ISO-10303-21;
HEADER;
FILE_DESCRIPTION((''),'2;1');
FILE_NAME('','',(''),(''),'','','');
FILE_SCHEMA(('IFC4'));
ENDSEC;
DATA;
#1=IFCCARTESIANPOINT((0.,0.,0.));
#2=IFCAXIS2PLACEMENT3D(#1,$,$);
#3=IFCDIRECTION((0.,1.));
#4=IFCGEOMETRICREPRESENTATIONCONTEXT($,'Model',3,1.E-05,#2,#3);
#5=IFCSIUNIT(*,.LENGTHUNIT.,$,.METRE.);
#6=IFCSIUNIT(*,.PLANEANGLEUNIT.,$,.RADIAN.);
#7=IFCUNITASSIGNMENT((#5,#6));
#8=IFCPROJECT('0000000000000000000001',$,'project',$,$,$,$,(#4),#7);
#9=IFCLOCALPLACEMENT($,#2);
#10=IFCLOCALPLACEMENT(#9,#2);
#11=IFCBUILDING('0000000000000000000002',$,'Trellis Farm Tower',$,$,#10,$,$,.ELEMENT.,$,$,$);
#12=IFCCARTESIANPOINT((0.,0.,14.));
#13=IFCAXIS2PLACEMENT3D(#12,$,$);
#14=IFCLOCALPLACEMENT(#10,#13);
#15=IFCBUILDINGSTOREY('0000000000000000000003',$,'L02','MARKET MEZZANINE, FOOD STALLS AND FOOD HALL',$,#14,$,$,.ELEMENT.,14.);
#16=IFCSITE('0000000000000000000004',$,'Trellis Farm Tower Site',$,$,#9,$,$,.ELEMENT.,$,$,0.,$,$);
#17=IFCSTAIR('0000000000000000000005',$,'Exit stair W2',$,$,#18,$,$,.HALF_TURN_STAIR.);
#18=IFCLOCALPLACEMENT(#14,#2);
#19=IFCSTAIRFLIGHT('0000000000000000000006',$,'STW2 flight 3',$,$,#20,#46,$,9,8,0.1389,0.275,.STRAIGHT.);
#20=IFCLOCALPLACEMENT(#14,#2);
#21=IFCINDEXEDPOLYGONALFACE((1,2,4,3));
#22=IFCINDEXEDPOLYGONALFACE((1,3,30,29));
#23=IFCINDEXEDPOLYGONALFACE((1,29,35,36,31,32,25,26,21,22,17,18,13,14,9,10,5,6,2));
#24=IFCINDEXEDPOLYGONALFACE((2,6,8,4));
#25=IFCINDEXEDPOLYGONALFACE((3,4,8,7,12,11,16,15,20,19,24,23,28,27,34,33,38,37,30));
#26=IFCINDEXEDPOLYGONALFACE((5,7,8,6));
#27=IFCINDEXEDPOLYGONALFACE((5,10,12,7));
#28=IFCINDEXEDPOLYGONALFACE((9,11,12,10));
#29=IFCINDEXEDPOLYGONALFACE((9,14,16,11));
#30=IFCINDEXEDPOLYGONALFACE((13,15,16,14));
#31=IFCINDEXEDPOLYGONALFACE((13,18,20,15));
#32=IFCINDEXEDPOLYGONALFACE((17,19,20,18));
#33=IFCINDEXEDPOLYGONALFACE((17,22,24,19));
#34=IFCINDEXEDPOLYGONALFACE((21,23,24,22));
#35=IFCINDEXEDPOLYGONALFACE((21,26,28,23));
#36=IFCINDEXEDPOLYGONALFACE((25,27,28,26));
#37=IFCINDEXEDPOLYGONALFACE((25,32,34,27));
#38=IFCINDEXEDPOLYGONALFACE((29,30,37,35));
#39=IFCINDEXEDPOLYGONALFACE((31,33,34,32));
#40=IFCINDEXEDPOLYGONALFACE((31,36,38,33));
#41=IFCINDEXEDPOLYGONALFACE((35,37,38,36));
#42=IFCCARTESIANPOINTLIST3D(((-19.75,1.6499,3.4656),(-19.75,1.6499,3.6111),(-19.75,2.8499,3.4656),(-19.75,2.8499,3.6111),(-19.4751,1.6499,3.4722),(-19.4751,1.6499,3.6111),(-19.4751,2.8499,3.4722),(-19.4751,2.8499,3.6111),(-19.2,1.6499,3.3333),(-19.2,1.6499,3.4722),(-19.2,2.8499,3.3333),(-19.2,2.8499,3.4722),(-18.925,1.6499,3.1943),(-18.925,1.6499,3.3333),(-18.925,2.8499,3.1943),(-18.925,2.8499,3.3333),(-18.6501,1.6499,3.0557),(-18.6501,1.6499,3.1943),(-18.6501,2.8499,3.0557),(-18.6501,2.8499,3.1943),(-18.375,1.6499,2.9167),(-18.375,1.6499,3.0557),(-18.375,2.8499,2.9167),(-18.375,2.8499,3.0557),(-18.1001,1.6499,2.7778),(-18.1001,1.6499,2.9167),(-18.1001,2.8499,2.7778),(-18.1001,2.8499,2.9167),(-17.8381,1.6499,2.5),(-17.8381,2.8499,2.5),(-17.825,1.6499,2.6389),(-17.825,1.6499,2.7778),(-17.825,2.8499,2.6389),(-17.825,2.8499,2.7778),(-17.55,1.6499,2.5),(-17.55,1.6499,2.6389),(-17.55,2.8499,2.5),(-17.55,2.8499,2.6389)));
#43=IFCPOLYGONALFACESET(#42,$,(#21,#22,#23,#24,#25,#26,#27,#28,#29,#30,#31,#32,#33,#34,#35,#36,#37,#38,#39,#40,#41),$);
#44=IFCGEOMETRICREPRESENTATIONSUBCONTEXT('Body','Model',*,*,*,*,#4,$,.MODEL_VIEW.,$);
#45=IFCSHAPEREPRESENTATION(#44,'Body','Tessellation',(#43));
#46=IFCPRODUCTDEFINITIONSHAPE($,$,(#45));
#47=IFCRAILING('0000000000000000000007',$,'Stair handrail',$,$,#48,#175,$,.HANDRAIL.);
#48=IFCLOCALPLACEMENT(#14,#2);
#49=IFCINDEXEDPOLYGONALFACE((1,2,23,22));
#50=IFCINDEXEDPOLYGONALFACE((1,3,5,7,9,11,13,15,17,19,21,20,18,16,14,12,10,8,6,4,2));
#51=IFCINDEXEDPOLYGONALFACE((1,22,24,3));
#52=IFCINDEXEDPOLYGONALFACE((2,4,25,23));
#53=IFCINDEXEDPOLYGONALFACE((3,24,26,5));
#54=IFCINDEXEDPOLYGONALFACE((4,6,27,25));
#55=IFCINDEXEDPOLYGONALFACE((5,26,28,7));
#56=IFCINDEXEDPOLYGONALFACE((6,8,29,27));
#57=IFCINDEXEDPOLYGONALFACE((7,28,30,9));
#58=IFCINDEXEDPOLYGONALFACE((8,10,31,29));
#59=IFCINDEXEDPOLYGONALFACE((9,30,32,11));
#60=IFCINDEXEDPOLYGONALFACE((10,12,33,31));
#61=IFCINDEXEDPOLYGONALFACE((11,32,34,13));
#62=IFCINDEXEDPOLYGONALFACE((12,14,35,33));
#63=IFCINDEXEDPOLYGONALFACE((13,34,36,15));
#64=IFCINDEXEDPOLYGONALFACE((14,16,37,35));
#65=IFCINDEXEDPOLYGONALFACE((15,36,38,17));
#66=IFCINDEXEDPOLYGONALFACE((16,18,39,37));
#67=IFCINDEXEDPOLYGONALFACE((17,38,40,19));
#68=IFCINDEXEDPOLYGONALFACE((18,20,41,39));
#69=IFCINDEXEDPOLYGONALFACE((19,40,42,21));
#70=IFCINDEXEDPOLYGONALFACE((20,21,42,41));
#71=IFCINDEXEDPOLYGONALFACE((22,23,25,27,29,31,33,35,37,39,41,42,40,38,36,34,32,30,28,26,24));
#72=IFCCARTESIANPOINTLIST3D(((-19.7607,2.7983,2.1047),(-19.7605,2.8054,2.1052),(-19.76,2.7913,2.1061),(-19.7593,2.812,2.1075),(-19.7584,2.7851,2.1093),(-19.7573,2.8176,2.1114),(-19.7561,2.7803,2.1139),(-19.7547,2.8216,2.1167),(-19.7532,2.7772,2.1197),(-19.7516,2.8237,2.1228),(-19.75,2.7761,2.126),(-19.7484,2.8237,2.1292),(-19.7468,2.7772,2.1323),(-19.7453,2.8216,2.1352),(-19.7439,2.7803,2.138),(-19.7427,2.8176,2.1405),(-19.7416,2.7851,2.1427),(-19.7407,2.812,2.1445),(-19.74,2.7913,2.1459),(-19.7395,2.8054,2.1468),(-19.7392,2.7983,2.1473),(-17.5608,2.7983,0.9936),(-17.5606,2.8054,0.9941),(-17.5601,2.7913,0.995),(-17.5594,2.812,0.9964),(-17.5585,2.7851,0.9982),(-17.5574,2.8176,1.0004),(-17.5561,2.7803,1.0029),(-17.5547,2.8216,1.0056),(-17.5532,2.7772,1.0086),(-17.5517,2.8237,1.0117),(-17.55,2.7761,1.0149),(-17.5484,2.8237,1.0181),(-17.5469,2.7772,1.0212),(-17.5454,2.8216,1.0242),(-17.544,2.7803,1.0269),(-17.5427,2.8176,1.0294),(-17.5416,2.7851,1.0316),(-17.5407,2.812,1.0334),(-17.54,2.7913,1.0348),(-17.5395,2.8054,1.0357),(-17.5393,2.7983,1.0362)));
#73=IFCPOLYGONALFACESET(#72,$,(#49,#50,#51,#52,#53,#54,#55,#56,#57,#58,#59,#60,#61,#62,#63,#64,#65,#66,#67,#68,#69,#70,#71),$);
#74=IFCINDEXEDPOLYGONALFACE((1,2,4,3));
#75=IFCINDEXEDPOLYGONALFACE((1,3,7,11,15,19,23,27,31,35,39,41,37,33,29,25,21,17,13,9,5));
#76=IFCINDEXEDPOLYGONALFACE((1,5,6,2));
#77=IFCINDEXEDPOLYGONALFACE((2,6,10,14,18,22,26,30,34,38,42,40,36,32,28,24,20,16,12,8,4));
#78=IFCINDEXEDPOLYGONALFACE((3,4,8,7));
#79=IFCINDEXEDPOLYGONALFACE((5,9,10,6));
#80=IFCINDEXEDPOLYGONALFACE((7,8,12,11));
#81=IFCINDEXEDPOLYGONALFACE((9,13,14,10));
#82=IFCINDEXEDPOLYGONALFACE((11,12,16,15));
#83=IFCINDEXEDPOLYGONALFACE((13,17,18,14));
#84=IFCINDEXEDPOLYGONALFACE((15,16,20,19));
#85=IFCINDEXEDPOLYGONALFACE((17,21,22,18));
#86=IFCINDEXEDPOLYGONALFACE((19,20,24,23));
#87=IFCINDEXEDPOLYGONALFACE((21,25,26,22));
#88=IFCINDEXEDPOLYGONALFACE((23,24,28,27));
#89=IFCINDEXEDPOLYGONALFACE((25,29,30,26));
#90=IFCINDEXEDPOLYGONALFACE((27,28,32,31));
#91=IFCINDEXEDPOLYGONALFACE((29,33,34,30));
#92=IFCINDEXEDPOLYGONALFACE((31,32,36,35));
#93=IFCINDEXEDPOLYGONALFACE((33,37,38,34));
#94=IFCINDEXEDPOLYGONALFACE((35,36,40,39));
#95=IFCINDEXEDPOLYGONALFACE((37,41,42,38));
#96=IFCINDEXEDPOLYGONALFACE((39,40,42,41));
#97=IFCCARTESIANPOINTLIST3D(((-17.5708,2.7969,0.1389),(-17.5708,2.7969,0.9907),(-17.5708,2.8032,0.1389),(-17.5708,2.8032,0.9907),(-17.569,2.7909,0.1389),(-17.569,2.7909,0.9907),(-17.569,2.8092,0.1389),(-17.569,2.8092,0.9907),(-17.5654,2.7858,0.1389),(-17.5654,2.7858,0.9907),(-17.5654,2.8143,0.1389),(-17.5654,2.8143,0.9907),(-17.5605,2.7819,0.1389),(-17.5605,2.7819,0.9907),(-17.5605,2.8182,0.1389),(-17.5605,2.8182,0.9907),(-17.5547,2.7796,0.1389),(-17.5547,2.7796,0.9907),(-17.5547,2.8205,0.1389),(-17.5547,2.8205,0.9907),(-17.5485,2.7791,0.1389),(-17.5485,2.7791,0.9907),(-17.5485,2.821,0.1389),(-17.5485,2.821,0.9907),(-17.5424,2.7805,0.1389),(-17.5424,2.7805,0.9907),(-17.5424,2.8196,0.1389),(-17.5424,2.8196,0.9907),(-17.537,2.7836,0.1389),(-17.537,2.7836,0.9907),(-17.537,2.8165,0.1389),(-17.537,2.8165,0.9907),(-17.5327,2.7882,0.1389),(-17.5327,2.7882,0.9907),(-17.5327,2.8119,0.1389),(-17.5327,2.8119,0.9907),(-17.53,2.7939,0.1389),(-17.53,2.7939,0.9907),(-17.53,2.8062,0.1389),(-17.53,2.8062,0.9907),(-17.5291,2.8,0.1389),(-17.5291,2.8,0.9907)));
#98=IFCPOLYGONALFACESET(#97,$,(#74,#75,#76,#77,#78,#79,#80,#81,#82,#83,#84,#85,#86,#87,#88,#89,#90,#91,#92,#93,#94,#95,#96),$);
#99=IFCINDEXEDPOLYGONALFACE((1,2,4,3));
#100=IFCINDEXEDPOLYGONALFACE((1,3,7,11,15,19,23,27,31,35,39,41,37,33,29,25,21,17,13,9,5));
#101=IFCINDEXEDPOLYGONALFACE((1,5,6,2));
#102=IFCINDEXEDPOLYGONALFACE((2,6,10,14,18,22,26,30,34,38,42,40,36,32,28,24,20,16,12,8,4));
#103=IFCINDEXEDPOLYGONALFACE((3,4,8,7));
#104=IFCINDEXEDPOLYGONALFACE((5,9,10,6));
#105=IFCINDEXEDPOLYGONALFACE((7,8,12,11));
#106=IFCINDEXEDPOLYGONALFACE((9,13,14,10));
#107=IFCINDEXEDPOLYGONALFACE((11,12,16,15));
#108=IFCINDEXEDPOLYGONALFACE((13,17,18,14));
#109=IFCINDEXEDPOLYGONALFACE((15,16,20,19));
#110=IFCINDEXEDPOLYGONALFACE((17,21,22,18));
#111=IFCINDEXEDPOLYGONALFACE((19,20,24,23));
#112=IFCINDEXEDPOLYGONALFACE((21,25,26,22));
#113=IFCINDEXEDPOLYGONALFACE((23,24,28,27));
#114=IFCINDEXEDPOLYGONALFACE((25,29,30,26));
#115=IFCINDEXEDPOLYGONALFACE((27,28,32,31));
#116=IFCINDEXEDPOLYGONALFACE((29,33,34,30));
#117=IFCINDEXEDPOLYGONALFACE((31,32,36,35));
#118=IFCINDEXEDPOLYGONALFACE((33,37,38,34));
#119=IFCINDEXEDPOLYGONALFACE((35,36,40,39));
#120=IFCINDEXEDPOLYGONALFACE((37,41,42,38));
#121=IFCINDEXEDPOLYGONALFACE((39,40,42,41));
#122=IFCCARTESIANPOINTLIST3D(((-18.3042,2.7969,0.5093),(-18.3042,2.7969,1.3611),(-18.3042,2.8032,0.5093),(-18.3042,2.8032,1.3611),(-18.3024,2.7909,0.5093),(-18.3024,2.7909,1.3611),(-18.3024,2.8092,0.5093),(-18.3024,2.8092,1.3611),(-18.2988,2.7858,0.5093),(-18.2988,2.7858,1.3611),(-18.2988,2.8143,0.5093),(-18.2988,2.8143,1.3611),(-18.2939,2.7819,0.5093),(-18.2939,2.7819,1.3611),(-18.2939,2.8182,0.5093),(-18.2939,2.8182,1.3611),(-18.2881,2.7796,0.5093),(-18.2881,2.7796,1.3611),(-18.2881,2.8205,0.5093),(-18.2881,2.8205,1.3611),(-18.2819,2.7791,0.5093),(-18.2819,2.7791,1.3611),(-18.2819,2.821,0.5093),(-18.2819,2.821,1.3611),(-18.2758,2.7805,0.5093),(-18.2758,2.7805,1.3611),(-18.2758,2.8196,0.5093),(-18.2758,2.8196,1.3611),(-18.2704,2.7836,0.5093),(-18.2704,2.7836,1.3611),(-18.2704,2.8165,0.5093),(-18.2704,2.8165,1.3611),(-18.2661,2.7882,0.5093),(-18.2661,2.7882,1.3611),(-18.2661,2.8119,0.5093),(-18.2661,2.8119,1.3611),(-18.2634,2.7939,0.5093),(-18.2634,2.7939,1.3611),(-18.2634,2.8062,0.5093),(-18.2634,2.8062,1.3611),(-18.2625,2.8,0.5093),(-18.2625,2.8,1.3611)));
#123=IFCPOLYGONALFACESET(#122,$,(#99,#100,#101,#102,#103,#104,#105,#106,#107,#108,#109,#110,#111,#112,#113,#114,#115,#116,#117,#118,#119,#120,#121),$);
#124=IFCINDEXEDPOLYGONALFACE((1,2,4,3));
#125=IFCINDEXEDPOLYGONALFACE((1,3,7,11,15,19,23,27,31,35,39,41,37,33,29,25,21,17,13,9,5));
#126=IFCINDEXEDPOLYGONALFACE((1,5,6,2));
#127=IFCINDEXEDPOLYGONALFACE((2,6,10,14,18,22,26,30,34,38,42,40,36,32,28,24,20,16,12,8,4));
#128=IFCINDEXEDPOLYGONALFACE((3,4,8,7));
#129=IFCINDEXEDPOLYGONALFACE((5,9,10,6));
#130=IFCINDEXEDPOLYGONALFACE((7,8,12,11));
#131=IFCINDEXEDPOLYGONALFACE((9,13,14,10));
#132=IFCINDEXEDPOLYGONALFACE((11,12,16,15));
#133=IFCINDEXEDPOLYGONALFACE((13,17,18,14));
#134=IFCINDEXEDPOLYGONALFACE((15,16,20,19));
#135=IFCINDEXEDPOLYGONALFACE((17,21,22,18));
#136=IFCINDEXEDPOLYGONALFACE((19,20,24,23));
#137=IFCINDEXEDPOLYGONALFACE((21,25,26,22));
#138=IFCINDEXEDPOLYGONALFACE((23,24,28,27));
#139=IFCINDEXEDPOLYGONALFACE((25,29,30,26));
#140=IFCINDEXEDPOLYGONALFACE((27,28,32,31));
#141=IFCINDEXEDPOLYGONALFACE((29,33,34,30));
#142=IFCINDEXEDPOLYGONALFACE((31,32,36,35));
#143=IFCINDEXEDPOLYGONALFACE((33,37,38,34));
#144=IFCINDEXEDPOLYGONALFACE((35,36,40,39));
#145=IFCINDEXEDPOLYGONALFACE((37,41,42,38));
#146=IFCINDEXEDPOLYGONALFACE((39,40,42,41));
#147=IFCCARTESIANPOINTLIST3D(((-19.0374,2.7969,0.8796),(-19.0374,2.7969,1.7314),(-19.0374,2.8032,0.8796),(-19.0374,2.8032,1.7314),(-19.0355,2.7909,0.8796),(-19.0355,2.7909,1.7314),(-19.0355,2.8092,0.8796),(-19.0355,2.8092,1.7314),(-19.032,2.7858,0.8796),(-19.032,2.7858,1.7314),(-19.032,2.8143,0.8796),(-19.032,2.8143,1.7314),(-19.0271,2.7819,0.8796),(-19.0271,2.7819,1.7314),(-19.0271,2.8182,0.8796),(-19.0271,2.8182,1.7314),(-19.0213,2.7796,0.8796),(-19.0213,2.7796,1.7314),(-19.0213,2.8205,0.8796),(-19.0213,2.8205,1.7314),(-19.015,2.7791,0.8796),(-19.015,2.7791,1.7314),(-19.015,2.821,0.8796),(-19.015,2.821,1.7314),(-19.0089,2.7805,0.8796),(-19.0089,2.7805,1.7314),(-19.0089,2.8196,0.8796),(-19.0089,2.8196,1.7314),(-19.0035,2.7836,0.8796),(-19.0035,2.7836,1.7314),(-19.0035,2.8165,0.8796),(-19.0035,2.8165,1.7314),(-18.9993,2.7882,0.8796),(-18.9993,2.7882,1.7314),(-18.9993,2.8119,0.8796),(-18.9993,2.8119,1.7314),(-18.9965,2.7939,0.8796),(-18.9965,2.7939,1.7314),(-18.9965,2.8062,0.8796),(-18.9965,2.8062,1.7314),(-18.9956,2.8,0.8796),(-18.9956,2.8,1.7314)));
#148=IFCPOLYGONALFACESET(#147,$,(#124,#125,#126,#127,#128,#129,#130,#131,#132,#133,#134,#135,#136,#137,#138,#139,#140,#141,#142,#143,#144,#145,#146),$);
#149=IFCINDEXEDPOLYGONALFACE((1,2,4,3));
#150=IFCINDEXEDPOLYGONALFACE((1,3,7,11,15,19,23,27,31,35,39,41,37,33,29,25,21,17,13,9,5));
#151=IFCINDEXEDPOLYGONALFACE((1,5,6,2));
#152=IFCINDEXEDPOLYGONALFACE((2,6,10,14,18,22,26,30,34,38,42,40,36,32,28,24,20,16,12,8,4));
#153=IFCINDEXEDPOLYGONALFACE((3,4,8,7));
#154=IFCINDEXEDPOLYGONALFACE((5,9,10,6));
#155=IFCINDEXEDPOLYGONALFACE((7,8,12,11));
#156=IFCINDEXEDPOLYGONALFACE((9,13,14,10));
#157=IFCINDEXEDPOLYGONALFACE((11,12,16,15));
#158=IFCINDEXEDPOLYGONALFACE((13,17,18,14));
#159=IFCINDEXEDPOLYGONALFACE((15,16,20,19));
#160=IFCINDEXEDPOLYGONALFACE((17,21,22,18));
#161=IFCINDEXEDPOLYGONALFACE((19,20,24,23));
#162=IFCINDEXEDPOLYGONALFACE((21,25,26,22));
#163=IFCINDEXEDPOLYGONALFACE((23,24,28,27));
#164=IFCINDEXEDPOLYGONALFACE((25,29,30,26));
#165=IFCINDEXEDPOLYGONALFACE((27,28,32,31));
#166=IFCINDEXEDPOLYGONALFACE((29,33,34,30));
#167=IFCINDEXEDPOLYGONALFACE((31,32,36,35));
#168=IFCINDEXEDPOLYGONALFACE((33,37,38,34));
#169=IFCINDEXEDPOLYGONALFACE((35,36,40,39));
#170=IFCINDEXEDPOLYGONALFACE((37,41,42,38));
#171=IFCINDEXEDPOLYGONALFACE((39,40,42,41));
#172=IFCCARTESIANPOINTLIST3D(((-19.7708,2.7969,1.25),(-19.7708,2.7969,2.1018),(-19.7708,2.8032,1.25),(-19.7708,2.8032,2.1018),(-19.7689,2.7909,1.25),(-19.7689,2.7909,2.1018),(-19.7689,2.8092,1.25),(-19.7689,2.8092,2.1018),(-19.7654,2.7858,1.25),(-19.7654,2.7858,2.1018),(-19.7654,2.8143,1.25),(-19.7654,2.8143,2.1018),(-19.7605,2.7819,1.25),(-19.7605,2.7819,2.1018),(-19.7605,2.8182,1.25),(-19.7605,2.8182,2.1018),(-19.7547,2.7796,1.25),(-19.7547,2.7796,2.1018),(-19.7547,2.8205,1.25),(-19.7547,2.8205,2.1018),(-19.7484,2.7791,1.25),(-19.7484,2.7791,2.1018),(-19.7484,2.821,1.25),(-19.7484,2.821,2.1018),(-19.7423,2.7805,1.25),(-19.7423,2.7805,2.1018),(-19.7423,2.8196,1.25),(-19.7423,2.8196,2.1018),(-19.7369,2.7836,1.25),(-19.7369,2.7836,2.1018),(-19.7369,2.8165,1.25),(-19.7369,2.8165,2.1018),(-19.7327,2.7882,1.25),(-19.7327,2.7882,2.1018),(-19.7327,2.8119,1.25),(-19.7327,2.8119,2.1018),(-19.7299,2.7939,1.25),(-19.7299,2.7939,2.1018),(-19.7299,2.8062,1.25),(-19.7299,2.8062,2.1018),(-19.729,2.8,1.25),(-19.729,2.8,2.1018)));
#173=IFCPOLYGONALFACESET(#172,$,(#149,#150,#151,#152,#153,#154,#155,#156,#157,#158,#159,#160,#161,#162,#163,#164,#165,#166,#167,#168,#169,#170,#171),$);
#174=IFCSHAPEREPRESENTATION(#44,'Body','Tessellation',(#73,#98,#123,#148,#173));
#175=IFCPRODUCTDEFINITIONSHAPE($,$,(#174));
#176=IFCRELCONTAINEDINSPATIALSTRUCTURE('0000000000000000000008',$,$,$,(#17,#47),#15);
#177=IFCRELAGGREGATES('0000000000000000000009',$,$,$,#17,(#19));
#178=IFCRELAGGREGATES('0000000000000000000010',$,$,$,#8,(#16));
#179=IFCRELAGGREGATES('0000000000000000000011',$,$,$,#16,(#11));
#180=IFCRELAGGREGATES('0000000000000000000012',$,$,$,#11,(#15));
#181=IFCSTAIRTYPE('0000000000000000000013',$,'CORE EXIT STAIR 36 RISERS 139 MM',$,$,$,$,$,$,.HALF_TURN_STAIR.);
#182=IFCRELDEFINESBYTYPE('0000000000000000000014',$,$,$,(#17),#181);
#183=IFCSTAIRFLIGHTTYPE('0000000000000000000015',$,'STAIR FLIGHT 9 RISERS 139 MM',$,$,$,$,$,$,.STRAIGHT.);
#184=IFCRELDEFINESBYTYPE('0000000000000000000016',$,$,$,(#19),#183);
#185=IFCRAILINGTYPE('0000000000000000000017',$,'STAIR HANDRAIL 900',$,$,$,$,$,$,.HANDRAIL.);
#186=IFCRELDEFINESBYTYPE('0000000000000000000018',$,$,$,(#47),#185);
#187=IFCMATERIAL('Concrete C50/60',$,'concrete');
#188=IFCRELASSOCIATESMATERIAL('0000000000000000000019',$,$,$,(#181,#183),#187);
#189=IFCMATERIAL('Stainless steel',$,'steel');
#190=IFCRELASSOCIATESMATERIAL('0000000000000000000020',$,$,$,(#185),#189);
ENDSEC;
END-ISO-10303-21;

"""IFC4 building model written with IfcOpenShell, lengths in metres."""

from ifc_helpers import new_model, si_unit, direction, frame, origin, origin_2d, place, context, subcontext, project, spatial, polyline, circle, outline, extrude, source, transform, mapped, material, type_object, element, aggregate, save


model = new_model("IFC4")

# Units and contexts
model_context = context("Model", 3, precision=1e-05, world=origin(), true_north=direction((0.0, 1.0)))
body_context = subcontext(model_context, "Body", "Model", "MODEL_VIEW")
ifc_project = project(units=[si_unit("LENGTHUNIT", "METRE"), si_unit("PLANEANGLEUNIT", "RADIAN")], contexts=[model_context])

# Site, building, storey
site_placement = place(None, origin())
site = spatial("IfcSite", under=ifc_project, at=site_placement, Name="Trellis Farm Tower Site", CompositionType="ELEMENT", RefElevation=0.0)
building_placement = place(site_placement, origin())
building = spatial("IfcBuilding", under=site, at=building_placement, Name="Trellis Farm Tower", CompositionType="ELEMENT")
storey_placement = place(building_placement, frame((0.0, 0.0, 14.0)))
storey = spatial("IfcBuildingStorey", under=building, at=storey_placement, Name="L02", Description="MARKET MEZZANINE, FOOD STALLS AND FOOD HALL", CompositionType="ELEMENT", Elevation=14.0)

# Shared definitions
ifc_material_1 = material(Name="Concrete C50/60", Category="concrete")
stair_type_1 = type_object("IfcStairType", Name="CORE EXIT STAIR 36 RISERS 139 MM", PredefinedType="HALF_TURN_STAIR", material=ifc_material_1)
placement_1 = place(storey_placement, origin())

# Shared definitions
ifc_material_2 = material(Name="Stainless steel", Category="steel")

# Shared definitions
stair_flight_type = type_object("IfcStairFlightType", Name="STAIR FLIGHT 9 RISERS 139 MM", PredefinedType="STRAIGHT", material=ifc_material_1)
shared_shape_1 = source(origin(), body_context, "Body", "SweptSolid", [
    extrude(outline(polyline([(0.0, 0.0), (0.0, 0.1389), (0.2749, 0.1389), (0.2749, 0.2778), (0.55, 0.2778), (0.55, 0.4167), (0.825, 0.4167), (0.825, 0.5557), (1.1001, 0.5557), (1.1001, 0.6943), (1.375, 0.6943), (1.375, 0.8333), (1.6499, 0.8333), (1.6499, 0.9722), (1.925, 0.9722), (1.925, 1.1111), (2.2, 1.1111), (2.2, 1.25), (2.2, 0.9656), (0.2881, 0.0), (0.0, 0.0)])), frame((0.0, 0.6001, 0.0), z_axis=(0.0, -1.0, 0.0), x_axis=(1.0, 0.0, 0.0)), (0.0, 0.0, 1.0), 1.2),
])

# Stair, stair flight
stair_1 = element("IfcStair", 1, at=placement_1, inside=storey, type_object=stair_type_1, Name="Exit stair W2", PredefinedType="HALF_TURN_STAIR")
stair_flight_1_placement = place(storey_placement, frame((-17.55, 2.25, 2.5), z_axis=(0.0, 0.0, 1.0), x_axis=(-1.0, 0.0, 0.0)))
stair_flight_1 = element("IfcStairFlight", 2, at=stair_flight_1_placement, type_object=stair_flight_type, Name="STW2 flight 3", NumberOfRisers=9, NumberOfTreads=8, PredefinedType="STRAIGHT", RiserHeight=0.1389, TreadLength=0.275, context=body_context, shape_type="MappedRepresentation", body=[
    mapped(shared_shape_1, transform((0.0, 0.0, 0.0))),
])
aggregate(stair_1, [stair_flight_1])

# Railing
railing_type = type_object("IfcRailingType", Name="STAIR HANDRAIL 900", PredefinedType="HANDRAIL", material=ifc_material_2)
shared_shape_2 = source(origin(), body_context, "Body", "SweptSolid", [
    extrude(circle(Radius=0.0239, at=origin_2d()), frame((0.0, 0.0, 0.876), z_axis=(-0.892617, 0.0, 0.450816), x_axis=(0.0, -1.0, 0.0)), (0.0, 0.0, 1.0), 2.4646),
    extrude(circle(Radius=0.021, at=origin_2d()), origin(), (0.0, 0.0, 1.0), 0.8518),
    extrude(circle(Radius=0.021, at=origin_2d()), frame((-0.7334, 0.0, 0.3704)), (0.0, 0.0, 1.0), 0.8518),
    extrude(circle(Radius=0.021, at=origin_2d()), frame((-1.4666, 0.0, 0.7407)), (0.0, 0.0, 1.0), 0.8518),
    extrude(circle(Radius=0.021, at=origin_2d()), frame((-2.2, 0.0, 1.1111)), (0.0, 0.0, 1.0), 0.8518),
])
for number, where, name in (
    (3, (-17.55, 2.8, 0.1389), "Stair handrail"),
):
    element("IfcRailing", number, at=place(storey_placement, frame(where)), inside=storey, type_object=railing_type, Name=name, PredefinedType="HANDRAIL", context=body_context, shape_type="MappedRepresentation", body=[
        mapped(shared_shape_2, transform((0.0, 0.0, 0.0))),
    ])

save(model, "model.ifc")
